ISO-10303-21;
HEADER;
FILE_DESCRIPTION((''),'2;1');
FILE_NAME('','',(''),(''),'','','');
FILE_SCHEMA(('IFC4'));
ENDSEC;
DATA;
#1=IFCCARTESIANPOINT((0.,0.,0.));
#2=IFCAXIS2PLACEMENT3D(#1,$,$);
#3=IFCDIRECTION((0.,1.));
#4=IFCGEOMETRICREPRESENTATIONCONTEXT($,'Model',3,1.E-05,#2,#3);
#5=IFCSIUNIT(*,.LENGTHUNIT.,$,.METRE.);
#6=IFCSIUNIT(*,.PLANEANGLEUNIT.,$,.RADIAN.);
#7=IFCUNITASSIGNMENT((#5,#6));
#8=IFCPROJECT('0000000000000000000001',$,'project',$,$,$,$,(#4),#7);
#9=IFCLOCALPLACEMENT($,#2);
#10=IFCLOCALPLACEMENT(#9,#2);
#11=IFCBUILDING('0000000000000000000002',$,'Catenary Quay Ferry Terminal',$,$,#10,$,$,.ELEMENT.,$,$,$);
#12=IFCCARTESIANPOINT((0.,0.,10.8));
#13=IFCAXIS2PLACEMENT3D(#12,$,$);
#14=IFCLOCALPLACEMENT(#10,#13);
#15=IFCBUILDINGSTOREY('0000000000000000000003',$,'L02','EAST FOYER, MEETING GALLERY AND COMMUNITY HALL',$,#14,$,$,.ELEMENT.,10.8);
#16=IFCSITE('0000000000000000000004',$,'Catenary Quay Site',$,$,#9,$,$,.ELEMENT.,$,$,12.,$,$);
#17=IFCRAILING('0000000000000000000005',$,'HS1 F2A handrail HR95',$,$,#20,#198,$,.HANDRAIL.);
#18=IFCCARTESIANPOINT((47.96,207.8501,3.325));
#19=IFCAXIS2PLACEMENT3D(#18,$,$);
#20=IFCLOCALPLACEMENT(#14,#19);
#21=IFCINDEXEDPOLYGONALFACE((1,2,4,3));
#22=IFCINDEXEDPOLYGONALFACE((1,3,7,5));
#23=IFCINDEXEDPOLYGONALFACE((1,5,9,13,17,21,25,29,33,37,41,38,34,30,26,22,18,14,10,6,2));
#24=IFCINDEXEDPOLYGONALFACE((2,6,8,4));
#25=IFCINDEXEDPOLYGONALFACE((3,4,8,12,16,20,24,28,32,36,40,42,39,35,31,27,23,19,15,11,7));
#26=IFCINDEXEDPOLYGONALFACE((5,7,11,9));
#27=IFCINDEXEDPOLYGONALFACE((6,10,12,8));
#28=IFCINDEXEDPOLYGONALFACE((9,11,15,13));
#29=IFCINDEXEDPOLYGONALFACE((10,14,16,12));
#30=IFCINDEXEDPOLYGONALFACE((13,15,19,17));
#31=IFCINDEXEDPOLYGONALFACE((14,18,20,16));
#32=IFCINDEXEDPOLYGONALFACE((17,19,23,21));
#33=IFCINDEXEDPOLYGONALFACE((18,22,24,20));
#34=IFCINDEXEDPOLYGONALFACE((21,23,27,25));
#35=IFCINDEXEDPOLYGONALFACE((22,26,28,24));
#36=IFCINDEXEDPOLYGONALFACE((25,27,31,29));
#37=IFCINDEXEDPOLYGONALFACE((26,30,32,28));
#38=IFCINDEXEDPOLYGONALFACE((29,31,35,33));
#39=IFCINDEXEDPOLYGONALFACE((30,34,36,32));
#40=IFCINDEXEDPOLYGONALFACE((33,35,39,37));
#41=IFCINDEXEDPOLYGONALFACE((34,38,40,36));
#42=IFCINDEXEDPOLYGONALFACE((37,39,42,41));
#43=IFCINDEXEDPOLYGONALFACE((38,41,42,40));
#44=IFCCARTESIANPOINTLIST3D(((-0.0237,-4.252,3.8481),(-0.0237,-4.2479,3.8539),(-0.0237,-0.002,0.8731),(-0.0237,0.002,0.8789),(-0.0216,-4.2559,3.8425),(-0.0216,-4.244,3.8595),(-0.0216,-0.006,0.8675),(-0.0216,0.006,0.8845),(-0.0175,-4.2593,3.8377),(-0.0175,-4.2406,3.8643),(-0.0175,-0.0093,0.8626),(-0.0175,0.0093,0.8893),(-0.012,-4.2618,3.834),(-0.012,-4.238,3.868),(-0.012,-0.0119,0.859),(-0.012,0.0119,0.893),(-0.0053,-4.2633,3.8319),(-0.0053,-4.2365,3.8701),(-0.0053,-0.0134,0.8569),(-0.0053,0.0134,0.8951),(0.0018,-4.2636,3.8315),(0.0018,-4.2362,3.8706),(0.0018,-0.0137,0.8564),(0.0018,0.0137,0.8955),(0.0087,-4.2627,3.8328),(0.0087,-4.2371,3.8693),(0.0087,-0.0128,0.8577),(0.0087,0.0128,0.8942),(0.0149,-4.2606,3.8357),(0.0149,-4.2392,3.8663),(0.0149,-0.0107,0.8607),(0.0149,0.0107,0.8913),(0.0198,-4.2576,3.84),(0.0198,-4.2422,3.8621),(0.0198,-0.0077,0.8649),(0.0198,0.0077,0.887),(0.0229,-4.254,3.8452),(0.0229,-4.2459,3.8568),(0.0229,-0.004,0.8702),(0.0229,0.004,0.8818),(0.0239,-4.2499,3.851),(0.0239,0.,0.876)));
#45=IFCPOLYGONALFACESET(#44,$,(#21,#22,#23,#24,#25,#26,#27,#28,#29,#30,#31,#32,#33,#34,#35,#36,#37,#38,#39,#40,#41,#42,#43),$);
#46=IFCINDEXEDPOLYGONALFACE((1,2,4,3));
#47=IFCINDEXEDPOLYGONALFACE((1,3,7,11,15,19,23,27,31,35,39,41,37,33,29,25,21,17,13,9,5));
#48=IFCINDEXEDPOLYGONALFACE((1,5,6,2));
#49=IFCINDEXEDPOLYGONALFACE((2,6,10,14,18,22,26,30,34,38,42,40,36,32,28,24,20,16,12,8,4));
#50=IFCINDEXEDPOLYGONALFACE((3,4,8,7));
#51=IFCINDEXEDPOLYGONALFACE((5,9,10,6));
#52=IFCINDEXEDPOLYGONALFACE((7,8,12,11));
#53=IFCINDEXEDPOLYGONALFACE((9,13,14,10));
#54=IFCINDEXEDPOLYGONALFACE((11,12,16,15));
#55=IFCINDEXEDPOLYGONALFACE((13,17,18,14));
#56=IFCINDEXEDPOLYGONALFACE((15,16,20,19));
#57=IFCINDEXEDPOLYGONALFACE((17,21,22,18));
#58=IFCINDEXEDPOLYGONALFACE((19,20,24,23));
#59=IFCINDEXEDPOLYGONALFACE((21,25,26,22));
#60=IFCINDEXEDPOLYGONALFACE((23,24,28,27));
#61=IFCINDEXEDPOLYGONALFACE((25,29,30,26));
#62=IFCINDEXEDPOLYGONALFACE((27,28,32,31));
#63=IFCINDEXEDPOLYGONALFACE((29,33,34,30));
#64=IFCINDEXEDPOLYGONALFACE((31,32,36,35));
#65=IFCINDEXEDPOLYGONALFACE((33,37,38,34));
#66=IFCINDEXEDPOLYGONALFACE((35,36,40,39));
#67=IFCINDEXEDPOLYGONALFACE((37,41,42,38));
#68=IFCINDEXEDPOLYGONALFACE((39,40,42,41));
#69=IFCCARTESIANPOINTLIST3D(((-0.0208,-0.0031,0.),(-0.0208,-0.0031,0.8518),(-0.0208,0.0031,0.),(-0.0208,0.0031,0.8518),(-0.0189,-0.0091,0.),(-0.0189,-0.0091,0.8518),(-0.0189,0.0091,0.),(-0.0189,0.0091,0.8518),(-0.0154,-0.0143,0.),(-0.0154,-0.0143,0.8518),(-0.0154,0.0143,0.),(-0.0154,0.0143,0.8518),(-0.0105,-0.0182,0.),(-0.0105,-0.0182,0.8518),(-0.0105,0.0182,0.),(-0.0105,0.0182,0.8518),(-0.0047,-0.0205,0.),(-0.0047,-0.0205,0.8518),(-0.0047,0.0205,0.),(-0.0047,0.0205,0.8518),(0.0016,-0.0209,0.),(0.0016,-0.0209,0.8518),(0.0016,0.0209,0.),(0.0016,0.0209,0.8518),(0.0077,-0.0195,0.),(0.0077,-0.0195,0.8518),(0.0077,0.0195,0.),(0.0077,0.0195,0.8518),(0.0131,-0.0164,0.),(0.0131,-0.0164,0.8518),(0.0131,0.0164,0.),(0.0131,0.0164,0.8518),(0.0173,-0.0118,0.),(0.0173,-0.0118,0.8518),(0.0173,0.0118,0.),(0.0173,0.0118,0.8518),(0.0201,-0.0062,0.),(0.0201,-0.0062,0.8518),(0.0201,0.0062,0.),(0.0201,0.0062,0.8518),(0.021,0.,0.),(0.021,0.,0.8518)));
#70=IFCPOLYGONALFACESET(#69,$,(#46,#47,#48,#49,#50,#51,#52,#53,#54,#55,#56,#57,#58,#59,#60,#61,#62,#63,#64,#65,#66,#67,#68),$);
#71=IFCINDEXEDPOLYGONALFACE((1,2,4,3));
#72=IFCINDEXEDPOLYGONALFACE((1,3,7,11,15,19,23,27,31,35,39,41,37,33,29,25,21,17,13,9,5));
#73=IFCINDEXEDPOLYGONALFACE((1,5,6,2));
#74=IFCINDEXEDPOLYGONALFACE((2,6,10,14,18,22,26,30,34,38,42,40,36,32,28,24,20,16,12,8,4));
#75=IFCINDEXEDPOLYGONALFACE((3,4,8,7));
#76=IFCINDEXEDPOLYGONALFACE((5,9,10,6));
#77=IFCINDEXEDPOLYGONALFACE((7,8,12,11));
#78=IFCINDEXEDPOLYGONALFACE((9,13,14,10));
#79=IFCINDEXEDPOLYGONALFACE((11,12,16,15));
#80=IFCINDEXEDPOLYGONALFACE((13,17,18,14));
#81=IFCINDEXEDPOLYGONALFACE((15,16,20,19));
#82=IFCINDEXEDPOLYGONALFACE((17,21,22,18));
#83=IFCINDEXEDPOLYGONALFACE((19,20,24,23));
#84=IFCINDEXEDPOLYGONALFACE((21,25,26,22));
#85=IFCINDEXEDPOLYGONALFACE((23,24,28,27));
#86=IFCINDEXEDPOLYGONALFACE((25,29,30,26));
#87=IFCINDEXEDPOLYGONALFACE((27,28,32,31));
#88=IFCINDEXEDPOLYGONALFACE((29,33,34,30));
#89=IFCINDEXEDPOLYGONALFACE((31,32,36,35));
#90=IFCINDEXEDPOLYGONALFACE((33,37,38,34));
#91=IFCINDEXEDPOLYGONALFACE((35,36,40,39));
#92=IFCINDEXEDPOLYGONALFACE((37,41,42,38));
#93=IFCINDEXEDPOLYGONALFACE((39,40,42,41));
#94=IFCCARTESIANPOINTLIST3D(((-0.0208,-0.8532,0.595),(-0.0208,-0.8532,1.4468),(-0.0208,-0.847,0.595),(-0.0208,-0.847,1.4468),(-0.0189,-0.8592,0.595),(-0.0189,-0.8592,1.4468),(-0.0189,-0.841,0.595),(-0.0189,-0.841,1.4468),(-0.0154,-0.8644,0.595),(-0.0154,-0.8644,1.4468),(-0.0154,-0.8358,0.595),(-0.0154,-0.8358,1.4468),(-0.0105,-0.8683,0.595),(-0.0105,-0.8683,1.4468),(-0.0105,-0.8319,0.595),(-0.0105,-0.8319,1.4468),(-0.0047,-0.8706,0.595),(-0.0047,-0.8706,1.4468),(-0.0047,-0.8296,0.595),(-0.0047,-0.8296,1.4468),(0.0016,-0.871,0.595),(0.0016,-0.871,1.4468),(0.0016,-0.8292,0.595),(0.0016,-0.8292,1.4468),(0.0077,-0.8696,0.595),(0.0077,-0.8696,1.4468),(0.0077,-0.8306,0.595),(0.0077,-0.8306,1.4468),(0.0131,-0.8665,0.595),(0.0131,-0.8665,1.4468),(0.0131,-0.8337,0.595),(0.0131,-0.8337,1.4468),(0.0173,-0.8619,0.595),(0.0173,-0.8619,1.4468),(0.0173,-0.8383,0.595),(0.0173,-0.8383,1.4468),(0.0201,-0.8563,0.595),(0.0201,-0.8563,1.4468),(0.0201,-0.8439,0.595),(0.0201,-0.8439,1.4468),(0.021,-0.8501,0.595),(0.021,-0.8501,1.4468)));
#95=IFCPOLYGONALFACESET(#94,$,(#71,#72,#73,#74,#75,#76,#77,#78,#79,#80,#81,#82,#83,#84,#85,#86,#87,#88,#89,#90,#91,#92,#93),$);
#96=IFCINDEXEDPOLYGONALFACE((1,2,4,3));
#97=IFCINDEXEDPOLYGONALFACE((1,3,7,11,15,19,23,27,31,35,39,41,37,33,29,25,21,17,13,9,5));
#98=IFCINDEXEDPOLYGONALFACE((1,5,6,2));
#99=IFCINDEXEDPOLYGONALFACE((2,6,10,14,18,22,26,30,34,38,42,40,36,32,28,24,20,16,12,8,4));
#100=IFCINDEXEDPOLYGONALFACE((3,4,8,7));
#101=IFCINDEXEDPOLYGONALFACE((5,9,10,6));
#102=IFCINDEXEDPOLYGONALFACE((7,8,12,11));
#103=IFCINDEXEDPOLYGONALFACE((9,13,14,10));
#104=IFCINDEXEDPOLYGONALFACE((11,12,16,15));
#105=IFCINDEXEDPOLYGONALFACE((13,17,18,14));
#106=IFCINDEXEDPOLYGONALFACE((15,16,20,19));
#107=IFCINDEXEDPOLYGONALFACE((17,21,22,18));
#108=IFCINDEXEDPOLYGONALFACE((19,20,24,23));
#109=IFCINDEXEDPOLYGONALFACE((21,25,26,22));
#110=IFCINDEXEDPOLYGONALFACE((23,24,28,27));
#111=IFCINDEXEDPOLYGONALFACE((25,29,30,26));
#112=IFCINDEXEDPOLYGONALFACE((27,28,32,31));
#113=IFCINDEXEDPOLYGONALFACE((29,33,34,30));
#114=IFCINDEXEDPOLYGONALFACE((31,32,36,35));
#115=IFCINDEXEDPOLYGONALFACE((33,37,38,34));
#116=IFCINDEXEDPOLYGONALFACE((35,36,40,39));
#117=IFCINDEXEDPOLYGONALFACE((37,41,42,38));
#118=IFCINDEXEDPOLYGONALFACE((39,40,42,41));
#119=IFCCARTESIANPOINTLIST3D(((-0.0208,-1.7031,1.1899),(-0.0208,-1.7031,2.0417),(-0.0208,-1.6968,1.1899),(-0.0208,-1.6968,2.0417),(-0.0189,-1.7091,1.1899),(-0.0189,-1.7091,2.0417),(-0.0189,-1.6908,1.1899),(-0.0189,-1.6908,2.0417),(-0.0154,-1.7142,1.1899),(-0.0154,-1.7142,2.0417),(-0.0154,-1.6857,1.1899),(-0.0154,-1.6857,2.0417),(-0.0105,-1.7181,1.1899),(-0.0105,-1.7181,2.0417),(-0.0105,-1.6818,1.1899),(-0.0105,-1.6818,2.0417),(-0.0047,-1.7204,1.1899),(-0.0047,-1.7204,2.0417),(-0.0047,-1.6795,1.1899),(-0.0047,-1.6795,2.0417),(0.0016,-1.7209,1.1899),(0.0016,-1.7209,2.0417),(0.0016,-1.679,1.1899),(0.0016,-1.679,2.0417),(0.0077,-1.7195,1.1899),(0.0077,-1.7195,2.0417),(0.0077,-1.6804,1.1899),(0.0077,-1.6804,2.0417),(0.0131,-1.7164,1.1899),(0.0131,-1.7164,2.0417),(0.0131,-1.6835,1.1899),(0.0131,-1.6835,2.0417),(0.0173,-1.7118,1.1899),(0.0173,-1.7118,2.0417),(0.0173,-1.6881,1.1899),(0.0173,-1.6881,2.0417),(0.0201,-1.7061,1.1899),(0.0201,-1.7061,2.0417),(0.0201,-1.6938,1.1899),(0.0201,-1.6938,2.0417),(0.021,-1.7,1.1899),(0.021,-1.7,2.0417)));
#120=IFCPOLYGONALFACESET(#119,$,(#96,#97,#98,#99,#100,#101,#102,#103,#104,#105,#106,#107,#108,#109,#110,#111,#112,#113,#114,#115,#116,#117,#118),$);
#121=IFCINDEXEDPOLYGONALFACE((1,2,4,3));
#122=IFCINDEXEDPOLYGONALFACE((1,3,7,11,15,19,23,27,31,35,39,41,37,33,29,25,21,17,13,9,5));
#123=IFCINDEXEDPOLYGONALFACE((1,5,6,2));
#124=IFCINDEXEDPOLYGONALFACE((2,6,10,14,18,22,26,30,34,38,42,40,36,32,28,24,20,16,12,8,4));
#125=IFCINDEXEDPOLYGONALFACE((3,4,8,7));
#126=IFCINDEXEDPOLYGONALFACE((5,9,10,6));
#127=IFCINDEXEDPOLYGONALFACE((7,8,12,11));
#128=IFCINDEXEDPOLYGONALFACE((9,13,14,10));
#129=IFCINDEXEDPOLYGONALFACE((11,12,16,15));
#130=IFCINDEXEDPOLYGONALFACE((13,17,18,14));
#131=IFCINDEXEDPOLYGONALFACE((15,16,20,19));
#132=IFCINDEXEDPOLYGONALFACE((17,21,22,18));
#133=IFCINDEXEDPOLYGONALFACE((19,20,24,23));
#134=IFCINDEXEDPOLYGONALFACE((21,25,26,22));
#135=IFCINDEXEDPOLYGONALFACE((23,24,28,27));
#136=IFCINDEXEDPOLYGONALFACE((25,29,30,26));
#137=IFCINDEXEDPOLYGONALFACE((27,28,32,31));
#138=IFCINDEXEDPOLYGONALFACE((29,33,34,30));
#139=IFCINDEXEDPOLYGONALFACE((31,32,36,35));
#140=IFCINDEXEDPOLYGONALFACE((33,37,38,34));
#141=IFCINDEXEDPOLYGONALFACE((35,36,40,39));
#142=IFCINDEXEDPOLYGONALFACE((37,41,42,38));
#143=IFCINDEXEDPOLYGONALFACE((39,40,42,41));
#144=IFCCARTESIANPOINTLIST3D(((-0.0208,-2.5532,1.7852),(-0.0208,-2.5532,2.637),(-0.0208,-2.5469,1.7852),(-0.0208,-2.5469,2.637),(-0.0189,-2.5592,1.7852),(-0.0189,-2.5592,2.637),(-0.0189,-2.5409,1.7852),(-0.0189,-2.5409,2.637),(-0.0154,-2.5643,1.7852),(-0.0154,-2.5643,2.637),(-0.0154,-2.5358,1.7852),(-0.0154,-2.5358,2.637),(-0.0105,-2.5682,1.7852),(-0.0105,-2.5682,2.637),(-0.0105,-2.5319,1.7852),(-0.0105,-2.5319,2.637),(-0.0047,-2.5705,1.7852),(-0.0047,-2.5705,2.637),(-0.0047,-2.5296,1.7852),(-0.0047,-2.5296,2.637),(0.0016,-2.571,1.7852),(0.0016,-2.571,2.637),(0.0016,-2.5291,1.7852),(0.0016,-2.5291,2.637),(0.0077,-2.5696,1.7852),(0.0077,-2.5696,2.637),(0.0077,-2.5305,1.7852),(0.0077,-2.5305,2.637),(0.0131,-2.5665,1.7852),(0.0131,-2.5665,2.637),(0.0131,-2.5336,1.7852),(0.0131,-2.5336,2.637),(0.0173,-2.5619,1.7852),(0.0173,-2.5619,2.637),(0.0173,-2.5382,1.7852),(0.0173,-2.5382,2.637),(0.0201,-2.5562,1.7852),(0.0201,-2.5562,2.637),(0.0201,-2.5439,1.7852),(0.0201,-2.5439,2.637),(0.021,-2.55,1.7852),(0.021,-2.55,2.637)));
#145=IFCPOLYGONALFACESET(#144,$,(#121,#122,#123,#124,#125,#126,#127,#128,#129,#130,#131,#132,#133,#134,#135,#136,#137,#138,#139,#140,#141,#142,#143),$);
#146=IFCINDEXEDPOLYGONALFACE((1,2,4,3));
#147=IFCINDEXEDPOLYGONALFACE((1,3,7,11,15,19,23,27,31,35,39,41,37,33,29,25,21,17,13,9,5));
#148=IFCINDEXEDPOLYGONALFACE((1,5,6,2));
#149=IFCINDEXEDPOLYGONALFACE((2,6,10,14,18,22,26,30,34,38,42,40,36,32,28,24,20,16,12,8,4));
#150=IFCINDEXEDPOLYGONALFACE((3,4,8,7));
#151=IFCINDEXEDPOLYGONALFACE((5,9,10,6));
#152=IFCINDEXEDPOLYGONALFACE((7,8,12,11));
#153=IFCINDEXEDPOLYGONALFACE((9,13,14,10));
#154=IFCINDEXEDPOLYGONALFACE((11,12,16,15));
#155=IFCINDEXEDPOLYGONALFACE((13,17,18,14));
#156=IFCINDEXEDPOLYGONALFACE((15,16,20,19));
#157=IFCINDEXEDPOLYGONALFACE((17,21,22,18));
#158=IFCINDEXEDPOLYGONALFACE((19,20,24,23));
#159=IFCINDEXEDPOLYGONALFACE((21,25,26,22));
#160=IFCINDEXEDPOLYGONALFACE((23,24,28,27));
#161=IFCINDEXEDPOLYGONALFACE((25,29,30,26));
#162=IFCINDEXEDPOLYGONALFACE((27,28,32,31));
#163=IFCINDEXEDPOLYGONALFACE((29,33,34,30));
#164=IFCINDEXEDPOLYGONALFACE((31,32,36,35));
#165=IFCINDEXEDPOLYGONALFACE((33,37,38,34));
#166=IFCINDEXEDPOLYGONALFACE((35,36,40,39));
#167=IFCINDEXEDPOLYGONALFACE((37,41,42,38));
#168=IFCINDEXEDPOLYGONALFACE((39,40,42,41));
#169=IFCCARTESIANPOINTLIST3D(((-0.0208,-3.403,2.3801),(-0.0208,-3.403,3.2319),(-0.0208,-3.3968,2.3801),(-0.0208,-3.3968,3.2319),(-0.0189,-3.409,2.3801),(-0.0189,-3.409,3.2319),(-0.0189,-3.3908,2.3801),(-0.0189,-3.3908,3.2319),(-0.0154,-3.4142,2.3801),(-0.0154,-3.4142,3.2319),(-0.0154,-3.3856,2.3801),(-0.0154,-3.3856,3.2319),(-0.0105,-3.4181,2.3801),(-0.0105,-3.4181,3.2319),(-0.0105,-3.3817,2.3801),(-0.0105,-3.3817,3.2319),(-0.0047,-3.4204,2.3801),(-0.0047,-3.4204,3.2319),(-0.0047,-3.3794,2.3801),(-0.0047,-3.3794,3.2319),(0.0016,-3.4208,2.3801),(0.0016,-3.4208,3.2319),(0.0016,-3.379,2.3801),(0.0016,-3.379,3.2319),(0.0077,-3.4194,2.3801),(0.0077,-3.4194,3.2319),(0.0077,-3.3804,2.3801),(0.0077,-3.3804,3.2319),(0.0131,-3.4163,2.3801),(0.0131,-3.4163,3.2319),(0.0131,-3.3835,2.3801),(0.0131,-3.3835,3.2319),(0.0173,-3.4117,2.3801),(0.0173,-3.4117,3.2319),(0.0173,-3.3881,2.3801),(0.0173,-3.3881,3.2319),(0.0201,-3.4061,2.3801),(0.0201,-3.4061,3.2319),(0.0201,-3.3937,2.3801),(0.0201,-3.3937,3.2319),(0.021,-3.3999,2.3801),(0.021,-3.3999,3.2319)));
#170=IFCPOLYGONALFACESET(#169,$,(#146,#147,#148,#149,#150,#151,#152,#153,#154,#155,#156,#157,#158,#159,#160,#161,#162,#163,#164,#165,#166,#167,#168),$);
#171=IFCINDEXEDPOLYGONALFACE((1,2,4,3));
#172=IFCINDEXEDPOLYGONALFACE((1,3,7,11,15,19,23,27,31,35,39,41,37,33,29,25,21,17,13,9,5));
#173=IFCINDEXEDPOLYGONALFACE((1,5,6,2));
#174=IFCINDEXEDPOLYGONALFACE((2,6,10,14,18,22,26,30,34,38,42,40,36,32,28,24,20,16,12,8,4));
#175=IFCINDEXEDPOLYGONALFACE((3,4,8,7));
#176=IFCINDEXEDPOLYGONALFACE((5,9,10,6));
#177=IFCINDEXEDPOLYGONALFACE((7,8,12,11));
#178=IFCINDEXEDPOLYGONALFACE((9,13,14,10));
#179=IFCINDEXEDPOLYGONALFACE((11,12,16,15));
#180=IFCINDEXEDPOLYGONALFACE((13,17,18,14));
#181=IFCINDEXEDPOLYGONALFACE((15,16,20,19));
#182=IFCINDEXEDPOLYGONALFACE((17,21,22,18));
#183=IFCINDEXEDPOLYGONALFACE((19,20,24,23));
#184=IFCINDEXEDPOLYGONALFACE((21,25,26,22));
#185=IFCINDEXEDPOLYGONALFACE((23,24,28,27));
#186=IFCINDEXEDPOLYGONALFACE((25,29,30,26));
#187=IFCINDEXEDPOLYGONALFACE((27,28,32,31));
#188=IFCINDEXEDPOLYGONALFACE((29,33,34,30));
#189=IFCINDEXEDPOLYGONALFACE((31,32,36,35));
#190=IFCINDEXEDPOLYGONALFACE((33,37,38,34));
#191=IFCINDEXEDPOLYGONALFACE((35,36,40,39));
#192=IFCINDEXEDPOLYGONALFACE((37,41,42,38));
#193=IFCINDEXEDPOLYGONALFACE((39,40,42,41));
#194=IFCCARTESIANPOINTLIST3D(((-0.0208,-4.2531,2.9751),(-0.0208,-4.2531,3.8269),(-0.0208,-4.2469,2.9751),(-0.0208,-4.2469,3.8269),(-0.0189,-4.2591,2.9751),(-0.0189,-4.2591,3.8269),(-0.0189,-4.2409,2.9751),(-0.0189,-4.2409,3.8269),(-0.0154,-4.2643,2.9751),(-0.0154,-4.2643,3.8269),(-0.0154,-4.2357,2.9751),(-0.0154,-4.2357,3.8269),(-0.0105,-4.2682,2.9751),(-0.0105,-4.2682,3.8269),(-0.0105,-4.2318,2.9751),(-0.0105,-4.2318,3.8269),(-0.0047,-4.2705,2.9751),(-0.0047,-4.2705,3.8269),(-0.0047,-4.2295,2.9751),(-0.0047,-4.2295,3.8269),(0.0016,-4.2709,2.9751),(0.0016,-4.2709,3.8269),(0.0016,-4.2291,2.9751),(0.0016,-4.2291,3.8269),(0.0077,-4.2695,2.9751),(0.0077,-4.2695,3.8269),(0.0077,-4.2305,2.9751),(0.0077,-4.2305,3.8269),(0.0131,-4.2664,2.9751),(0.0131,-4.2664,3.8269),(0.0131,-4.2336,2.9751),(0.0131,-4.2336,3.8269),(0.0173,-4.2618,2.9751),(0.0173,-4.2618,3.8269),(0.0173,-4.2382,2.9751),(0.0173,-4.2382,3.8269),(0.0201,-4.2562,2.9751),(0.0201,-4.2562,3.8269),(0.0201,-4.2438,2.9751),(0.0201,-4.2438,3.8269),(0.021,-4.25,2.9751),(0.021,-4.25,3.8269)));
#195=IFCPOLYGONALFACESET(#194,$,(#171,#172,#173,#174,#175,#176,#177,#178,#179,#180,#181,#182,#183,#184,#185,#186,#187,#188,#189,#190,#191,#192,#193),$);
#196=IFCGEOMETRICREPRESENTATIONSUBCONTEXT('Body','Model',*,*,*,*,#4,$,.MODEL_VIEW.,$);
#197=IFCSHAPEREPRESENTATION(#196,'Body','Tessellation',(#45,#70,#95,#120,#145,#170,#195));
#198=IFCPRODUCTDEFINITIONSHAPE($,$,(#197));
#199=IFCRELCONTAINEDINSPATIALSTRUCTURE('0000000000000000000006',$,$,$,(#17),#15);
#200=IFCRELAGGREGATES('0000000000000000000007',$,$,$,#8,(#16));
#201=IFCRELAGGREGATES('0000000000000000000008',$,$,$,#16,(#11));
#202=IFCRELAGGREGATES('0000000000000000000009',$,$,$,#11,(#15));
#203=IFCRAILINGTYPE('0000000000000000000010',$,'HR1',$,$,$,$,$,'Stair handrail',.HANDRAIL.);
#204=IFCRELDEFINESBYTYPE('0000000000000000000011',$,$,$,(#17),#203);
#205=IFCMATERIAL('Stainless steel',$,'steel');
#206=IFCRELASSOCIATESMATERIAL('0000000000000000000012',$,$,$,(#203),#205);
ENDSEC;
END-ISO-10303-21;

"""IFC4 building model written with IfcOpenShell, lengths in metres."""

from ifc_helpers import new_model, si_unit, direction, frame, origin, origin_2d, place, context, subcontext, project, spatial, circle, extrude, material, type_object, element, save


model = new_model("IFC4")

# Units and contexts
model_context = context("Model", 3, precision=1e-05, world=origin(), true_north=direction((0.0, 1.0)))
body_context = subcontext(model_context, "Body", "Model", "MODEL_VIEW")
ifc_project = project(units=[si_unit("LENGTHUNIT", "METRE"), si_unit("PLANEANGLEUNIT", "RADIAN")], contexts=[model_context])

# Site, building, storey
site_placement = place(None, origin())
site = spatial("IfcSite", under=ifc_project, at=site_placement, Name="Catenary Quay Site", CompositionType="ELEMENT", RefElevation=12.0)
building_placement = place(site_placement, origin())
building = spatial("IfcBuilding", under=site, at=building_placement, Name="Catenary Quay Ferry Terminal", CompositionType="ELEMENT")
storey_placement = place(building_placement, frame((0.0, 0.0, 10.8)))
storey = spatial("IfcBuildingStorey", under=building, at=storey_placement, Name="L02", Description="EAST FOYER, MEETING GALLERY AND COMMUNITY HALL", CompositionType="ELEMENT", Elevation=10.8)

# Railing
ifc_material_1 = material(Name="Stainless steel", Category="steel")
railing_type_1 = type_object("IfcRailingType", Name="HR1", ElementType="Stair handrail", PredefinedType="HANDRAIL", material=ifc_material_1)
for number, where, name in (
    (1, (47.96, 207.8501, 3.325), "HS1 F2A handrail HR95"),
):
    element("IfcRailing", number, at=place(storey_placement, frame(where)), inside=storey, type_object=railing_type_1, Name=name, PredefinedType="HANDRAIL", context=body_context, shape_type="SweptSolid", body=[
        extrude(circle(Radius=0.0239, at=origin_2d()), frame((0.0, 0.0, 0.876), z_axis=(0.0, -0.819223, 0.573475), x_axis=(1.0, 0.0, 0.0)), (0.0, 0.0, 1.0), 5.1877),
        extrude(circle(Radius=0.021, at=origin_2d()), origin(), (0.0, 0.0, 1.0), 0.8518),
        extrude(circle(Radius=0.021, at=origin_2d()), frame((0.0, -0.8501, 0.595)), (0.0, 0.0, 1.0), 0.8518),
        extrude(circle(Radius=0.021, at=origin_2d()), frame((0.0, -1.7, 1.1899)), (0.0, 0.0, 1.0), 0.8518),
        extrude(circle(Radius=0.021, at=origin_2d()), frame((0.0, -2.55, 1.7852)), (0.0, 0.0, 1.0), 0.8518),
        extrude(circle(Radius=0.021, at=origin_2d()), frame((0.0, -3.3999, 2.3801)), (0.0, 0.0, 1.0), 0.8518),
        extrude(circle(Radius=0.021, at=origin_2d()), frame((0.0, -4.25, 2.9751)), (0.0, 0.0, 1.0), 0.8518),
    ])

save(model, "model.ifc")
